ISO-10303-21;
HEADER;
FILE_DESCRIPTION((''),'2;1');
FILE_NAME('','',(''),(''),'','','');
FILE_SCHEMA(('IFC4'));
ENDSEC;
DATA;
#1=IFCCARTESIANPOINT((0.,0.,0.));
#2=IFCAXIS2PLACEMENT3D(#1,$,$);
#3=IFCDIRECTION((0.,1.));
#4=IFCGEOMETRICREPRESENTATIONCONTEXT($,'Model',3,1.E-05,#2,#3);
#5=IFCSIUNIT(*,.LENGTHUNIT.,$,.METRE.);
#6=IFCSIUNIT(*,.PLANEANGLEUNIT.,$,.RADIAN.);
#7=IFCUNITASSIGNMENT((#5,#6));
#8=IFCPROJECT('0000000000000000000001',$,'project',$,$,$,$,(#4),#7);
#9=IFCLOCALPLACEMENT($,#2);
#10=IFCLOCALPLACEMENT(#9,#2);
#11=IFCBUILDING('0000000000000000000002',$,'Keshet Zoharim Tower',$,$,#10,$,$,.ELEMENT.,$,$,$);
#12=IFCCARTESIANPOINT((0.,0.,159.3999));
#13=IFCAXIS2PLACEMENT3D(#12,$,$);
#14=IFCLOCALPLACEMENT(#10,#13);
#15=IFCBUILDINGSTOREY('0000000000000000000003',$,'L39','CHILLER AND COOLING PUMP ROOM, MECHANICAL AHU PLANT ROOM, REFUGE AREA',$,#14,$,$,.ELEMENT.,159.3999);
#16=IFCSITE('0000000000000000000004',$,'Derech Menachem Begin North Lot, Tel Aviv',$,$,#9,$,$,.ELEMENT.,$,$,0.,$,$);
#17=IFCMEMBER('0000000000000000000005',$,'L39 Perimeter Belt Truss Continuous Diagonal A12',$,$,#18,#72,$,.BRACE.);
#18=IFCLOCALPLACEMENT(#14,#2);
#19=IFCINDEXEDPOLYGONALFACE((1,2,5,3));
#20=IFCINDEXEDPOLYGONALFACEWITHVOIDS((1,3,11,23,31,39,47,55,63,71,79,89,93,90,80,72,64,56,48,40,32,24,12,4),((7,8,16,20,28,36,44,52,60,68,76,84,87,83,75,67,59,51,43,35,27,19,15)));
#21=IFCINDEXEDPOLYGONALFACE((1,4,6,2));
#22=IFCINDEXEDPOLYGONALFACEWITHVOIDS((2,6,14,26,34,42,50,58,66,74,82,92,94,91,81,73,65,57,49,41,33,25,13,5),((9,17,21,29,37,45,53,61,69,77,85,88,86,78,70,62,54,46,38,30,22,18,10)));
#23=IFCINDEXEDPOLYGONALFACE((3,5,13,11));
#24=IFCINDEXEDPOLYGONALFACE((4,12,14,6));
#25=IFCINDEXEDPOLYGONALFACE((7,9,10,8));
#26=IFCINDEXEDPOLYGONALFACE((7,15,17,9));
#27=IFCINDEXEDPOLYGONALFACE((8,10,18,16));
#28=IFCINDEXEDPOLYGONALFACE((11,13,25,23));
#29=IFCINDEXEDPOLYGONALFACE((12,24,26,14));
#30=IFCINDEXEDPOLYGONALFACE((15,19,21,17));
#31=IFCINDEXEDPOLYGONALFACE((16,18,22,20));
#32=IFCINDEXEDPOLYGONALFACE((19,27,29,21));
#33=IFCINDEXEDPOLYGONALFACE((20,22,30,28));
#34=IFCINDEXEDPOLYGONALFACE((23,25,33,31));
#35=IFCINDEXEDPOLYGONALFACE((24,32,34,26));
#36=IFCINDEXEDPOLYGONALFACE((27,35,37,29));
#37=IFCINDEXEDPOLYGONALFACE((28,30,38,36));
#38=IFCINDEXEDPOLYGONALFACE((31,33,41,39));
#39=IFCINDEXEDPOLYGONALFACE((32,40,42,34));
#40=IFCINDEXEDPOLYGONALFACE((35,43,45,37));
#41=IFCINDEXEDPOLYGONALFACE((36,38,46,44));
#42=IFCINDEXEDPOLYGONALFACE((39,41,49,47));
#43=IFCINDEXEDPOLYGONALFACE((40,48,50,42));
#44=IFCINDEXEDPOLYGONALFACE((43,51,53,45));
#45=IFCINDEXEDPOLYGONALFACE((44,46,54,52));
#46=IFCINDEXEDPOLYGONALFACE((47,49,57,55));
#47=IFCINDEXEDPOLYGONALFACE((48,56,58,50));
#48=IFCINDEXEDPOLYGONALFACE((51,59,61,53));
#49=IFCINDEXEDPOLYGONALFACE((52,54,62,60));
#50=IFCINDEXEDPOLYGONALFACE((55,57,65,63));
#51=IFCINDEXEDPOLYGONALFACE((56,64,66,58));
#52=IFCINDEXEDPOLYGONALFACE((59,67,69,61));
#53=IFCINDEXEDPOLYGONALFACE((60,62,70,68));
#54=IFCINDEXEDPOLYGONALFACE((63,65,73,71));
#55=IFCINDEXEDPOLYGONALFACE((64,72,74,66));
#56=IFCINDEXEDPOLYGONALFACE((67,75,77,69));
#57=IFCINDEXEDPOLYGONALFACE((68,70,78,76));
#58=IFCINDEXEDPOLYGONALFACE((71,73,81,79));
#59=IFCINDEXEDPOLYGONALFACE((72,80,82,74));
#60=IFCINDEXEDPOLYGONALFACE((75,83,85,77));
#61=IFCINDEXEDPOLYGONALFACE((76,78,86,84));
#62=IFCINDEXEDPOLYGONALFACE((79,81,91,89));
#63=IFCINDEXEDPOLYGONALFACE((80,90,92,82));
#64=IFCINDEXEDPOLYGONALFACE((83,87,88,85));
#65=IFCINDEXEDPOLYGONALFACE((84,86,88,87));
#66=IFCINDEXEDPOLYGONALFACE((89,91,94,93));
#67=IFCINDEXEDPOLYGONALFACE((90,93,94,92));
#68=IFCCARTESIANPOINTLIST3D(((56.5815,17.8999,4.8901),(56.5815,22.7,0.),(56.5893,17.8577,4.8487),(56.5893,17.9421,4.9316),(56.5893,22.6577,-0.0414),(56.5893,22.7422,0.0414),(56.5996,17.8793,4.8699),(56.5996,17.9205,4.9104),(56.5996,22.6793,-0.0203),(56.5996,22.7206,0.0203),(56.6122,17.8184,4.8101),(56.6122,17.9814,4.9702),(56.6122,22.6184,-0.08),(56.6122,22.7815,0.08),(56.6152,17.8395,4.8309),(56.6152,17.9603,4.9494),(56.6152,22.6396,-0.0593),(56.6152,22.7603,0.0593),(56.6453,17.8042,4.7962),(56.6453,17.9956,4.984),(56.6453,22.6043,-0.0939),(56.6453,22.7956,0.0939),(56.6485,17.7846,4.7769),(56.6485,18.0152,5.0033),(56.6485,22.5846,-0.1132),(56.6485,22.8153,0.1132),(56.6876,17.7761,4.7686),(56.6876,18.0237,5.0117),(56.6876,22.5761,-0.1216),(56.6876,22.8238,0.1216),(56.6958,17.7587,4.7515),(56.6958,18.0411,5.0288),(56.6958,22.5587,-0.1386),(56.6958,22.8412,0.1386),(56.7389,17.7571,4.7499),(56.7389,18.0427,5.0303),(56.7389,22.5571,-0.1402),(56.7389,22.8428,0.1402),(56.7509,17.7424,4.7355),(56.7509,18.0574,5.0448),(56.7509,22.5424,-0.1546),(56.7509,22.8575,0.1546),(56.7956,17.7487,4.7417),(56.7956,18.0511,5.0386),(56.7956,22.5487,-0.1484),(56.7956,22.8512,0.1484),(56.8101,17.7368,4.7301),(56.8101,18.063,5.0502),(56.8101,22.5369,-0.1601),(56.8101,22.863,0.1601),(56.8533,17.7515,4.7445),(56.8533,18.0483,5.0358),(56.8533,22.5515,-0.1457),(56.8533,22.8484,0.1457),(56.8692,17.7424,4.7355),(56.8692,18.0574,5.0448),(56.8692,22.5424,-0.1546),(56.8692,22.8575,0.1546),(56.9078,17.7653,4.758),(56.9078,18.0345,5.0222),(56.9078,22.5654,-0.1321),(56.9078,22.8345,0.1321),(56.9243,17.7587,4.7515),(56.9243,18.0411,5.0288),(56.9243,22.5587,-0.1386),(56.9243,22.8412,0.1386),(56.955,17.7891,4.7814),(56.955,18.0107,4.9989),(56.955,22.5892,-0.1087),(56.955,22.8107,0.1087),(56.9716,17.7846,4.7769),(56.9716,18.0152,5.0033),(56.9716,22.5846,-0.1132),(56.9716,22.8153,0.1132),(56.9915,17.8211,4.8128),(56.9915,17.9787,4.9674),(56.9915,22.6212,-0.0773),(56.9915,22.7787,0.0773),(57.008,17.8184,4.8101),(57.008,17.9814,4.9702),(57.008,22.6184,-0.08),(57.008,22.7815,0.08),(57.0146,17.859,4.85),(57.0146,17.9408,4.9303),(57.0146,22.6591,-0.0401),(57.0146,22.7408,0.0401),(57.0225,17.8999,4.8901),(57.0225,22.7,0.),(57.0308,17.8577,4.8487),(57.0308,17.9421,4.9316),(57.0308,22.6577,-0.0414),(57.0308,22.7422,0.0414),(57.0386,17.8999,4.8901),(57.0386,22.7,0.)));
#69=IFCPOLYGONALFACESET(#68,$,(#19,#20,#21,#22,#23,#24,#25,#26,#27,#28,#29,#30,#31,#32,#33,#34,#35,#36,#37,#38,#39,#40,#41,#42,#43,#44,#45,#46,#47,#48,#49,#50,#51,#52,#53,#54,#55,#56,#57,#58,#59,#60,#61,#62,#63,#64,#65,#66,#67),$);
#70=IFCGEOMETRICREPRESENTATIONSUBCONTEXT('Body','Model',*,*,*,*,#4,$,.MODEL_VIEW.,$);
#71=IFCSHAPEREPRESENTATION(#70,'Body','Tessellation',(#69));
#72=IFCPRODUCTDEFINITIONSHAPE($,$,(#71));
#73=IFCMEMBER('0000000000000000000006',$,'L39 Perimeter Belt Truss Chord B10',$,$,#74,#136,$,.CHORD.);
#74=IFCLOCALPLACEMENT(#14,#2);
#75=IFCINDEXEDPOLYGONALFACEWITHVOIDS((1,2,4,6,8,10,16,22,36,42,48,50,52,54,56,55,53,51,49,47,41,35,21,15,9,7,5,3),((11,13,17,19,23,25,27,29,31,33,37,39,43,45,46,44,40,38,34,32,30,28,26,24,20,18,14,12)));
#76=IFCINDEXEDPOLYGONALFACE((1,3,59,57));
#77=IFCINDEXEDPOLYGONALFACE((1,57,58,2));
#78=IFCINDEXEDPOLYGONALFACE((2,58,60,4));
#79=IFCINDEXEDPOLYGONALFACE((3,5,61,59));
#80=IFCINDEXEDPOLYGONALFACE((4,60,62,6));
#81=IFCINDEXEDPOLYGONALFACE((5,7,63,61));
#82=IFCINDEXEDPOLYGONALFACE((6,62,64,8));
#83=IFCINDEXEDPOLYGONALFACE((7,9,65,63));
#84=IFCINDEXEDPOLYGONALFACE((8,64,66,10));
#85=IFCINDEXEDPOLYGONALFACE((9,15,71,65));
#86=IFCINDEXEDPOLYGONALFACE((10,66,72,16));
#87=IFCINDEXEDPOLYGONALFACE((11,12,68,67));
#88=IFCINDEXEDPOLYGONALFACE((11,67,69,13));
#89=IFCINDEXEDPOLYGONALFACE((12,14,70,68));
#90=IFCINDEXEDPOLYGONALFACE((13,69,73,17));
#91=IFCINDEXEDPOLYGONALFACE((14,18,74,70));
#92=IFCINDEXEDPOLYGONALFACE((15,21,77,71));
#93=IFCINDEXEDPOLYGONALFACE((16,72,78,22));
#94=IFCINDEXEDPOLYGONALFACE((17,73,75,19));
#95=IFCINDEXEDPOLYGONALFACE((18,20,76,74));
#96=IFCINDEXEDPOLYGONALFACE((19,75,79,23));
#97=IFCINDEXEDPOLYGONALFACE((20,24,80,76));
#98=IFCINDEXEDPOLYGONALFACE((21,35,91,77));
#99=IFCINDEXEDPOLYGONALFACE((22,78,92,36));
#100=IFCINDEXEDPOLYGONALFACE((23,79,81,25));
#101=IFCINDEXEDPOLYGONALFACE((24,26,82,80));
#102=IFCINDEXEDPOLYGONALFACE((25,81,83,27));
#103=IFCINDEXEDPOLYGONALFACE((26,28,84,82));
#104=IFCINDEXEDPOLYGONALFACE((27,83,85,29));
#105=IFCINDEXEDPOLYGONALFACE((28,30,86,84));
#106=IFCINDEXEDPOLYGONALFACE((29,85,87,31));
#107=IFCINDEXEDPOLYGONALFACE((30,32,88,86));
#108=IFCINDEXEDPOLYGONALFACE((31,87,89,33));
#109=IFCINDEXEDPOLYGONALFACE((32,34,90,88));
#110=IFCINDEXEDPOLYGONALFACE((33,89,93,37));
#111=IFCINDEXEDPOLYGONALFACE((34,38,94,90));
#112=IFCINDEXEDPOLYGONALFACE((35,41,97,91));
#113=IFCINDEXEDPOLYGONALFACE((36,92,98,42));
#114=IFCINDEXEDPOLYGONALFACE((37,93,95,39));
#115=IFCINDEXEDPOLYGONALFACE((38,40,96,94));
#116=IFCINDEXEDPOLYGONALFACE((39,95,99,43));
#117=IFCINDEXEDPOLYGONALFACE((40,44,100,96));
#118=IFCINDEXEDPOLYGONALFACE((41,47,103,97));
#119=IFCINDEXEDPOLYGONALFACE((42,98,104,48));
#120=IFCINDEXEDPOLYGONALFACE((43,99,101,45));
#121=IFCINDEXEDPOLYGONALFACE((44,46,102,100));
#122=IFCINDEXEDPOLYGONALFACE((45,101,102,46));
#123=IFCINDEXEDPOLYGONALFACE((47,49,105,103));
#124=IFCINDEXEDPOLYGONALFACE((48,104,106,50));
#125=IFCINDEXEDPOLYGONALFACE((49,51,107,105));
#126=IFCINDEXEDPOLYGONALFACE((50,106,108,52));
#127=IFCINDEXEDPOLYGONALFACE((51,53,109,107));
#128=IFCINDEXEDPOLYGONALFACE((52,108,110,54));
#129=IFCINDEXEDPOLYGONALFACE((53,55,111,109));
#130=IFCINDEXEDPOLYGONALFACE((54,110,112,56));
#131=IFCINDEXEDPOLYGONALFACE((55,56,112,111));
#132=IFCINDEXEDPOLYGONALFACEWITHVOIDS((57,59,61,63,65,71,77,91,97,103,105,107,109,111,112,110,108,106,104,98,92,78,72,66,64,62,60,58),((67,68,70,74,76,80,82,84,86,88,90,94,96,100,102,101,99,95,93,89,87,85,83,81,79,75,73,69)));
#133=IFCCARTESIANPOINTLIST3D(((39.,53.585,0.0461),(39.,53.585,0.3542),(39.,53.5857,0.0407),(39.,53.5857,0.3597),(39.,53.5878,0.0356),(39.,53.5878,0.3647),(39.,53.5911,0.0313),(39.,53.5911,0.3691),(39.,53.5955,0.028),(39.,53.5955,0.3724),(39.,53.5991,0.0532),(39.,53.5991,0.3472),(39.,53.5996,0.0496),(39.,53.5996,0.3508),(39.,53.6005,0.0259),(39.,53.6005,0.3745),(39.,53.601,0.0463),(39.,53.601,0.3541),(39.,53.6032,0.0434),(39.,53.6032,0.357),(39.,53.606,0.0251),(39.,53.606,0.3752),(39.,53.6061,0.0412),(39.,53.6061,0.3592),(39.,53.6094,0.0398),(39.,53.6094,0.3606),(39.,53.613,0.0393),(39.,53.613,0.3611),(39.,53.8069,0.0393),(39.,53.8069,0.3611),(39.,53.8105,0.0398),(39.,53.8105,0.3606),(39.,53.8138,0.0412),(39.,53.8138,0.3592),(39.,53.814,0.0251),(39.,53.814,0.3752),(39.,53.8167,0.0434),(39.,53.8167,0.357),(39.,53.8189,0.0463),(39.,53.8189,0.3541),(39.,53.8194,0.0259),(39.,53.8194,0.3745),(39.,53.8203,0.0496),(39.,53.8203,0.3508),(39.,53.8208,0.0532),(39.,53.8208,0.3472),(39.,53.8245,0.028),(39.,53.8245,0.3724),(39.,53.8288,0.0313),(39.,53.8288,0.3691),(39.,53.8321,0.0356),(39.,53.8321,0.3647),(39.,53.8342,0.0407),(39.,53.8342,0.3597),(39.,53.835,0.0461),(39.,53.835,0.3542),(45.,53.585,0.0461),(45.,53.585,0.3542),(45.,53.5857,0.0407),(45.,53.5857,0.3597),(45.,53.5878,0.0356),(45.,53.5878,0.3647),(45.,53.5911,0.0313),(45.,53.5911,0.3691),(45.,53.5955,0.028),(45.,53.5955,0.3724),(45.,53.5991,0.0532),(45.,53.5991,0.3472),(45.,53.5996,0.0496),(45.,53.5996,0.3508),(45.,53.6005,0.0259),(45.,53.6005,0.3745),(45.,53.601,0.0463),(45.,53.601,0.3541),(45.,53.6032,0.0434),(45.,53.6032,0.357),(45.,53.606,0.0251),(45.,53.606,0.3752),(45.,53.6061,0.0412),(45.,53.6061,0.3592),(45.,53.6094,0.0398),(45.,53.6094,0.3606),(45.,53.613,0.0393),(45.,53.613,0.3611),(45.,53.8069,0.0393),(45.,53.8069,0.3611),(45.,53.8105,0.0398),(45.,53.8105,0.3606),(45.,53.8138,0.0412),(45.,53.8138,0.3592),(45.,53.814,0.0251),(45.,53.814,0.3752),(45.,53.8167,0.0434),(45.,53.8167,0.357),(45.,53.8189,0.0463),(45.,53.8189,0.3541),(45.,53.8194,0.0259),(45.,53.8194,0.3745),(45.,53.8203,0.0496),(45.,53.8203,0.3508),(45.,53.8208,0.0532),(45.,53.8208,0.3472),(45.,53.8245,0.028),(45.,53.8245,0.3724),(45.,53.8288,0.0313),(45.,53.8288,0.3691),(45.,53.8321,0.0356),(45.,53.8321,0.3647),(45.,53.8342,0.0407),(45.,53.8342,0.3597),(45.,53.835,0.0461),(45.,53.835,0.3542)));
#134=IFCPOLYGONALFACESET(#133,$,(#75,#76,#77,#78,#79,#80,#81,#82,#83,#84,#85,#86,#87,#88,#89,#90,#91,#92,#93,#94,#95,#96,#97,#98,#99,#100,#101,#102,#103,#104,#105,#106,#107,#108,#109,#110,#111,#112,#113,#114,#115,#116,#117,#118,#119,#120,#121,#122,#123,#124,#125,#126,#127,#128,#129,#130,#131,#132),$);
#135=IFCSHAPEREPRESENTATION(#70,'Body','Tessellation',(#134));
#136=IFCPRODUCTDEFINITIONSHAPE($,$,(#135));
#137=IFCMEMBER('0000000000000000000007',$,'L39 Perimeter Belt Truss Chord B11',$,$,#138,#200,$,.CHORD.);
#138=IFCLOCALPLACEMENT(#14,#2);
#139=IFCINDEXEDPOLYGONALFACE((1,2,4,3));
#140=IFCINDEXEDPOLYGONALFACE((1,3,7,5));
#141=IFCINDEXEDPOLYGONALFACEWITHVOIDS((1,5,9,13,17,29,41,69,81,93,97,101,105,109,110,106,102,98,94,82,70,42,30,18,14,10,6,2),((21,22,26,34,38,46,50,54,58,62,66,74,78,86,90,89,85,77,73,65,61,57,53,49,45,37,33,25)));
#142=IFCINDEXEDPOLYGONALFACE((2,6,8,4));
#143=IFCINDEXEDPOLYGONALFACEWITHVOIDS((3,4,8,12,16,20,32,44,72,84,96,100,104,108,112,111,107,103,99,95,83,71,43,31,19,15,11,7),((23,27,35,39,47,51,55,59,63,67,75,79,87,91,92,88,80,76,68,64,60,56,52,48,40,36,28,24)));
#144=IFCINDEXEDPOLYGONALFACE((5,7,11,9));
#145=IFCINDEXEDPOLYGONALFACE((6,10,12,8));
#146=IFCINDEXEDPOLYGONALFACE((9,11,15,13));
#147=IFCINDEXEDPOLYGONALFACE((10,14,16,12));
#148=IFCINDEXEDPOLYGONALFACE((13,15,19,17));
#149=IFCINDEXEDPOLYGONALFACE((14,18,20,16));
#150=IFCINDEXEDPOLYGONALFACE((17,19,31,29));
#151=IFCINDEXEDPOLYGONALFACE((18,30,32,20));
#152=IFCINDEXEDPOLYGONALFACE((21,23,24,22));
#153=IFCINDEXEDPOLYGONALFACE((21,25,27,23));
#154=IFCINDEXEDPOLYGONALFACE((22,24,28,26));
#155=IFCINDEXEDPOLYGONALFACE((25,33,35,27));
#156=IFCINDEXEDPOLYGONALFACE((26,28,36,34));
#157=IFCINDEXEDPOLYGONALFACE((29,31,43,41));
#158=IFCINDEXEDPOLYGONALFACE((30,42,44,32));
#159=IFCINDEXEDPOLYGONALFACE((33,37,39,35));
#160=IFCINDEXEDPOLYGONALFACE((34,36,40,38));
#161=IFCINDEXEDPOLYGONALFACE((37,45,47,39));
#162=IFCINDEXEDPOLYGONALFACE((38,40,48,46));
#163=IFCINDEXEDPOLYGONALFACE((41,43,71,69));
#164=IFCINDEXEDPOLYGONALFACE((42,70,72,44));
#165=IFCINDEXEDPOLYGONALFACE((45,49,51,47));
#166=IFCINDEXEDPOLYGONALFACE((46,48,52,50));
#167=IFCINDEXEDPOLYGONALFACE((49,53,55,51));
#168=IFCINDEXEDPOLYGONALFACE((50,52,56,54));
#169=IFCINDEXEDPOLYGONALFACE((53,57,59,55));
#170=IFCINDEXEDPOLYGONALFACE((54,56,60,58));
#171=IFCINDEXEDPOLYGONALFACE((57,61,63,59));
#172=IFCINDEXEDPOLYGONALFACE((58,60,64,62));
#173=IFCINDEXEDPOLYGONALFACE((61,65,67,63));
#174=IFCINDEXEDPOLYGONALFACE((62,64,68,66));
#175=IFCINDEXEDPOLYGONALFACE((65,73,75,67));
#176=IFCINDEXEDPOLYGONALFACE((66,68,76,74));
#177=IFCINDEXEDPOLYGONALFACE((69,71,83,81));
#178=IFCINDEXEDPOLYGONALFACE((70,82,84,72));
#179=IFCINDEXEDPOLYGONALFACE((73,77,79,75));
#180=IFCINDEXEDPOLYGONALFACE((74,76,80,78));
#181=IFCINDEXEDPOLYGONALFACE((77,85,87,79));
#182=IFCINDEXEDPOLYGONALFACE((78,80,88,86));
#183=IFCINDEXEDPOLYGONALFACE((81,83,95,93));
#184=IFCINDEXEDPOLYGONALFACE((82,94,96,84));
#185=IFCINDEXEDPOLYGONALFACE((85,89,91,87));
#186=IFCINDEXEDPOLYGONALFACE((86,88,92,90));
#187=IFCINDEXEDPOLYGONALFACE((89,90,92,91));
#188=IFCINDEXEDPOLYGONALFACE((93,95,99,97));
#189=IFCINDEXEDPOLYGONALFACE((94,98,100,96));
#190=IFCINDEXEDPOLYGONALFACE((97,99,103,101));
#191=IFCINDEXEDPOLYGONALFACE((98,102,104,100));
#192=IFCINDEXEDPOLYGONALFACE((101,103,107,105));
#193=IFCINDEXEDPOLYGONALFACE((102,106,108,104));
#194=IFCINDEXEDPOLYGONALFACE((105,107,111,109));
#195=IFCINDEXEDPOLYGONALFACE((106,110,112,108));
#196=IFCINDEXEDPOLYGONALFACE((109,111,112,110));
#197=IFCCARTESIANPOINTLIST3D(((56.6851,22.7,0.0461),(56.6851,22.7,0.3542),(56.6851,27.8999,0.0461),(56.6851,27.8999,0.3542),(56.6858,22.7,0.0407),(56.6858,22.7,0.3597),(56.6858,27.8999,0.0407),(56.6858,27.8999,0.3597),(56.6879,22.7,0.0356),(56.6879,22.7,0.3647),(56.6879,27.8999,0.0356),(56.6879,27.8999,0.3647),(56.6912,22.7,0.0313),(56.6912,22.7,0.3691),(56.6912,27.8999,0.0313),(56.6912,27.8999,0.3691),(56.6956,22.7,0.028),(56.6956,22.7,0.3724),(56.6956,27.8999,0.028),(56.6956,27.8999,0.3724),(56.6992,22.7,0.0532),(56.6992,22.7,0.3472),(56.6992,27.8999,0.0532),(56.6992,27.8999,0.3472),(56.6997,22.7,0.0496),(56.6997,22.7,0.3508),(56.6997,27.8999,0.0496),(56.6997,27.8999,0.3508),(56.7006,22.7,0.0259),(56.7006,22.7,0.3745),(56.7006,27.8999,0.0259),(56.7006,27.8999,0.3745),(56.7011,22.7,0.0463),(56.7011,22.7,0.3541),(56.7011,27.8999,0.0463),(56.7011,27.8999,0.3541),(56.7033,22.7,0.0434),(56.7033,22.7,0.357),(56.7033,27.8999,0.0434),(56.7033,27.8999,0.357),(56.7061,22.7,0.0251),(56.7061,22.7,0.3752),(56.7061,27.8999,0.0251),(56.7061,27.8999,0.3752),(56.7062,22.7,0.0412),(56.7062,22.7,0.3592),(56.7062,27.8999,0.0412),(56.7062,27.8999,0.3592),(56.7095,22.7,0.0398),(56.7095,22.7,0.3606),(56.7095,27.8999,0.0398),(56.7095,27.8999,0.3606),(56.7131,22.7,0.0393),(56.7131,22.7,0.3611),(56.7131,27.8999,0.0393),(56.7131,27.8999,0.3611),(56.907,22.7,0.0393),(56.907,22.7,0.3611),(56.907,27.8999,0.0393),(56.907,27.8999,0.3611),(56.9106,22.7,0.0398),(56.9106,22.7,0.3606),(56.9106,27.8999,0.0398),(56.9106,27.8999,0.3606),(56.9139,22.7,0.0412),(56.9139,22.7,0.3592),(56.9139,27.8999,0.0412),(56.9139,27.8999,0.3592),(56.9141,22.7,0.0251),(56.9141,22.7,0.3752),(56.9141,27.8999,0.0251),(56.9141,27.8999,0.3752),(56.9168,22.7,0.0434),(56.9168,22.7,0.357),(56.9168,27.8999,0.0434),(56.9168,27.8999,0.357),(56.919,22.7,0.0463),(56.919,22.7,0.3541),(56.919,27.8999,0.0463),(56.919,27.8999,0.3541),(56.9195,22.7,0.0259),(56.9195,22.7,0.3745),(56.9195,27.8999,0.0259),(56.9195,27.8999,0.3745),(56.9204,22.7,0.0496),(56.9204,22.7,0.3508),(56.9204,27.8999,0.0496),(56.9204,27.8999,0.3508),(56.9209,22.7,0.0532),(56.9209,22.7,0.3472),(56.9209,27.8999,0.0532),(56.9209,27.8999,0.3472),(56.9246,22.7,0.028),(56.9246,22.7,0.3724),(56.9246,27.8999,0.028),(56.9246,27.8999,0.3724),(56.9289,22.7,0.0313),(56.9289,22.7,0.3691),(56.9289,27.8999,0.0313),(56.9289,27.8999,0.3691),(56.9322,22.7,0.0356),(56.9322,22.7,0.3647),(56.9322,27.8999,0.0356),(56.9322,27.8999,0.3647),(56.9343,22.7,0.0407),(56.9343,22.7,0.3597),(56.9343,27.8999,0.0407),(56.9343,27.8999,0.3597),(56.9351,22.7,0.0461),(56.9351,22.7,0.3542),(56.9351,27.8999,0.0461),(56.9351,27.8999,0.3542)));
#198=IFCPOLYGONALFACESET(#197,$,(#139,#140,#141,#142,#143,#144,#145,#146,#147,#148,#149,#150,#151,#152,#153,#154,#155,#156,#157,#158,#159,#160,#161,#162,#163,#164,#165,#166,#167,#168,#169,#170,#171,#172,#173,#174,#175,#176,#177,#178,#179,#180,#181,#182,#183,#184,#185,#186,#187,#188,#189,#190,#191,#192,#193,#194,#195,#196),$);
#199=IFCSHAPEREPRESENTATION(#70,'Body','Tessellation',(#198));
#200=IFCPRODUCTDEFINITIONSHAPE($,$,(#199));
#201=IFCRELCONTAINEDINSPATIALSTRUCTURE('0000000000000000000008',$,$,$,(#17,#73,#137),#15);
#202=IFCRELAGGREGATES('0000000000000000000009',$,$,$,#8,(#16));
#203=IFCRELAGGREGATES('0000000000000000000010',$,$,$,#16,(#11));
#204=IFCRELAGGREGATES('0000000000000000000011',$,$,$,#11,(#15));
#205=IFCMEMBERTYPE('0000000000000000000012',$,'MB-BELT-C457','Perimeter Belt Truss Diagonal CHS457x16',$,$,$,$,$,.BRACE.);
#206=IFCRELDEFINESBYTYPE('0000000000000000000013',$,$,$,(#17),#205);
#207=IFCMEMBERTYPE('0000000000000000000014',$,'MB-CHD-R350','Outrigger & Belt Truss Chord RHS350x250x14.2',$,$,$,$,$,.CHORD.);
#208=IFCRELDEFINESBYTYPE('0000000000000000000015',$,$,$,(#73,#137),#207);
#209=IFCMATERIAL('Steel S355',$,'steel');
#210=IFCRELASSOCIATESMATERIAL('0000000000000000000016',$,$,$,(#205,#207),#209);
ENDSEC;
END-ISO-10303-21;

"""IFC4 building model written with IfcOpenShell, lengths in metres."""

from ifc_helpers import new_model, si_unit, direction, frame, origin, origin_2d, place, context, subcontext, project, spatial, hollow_rectangle, hollow_circle, extrude, material, material_profile, profile_set, type_object, element, save


model = new_model("IFC4")

# Units and contexts
model_context = context("Model", 3, precision=1e-05, world=origin(), true_north=direction((0.0, 1.0)))
body_context = subcontext(model_context, "Body", "Model", "MODEL_VIEW")
ifc_project = project(units=[si_unit("LENGTHUNIT", "METRE"), si_unit("PLANEANGLEUNIT", "RADIAN")], contexts=[model_context])

# Site, building, storey
site_placement = place(None, origin())
site = spatial("IfcSite", under=ifc_project, at=site_placement, Name="Derech Menachem Begin North Lot, Tel Aviv", CompositionType="ELEMENT", RefElevation=0.0)
building_placement = place(site_placement, origin())
building = spatial("IfcBuilding", under=site, at=building_placement, Name="Keshet Zoharim Tower", CompositionType="ELEMENT")
storey_placement = place(building_placement, frame((0.0, 0.0, 159.3999)))
storey = spatial("IfcBuildingStorey", under=building, at=storey_placement, Name="L39", Description="CHILLER AND COOLING PUMP ROOM, MECHANICAL AHU PLANT ROOM, REFUGE AREA", CompositionType="ELEMENT", Elevation=159.3999)

# Shared definitions
ifc_material_1 = material(Name="Steel S355", Category="steel")

# Members
ifc_material_profile_1 = material_profile(ifc_material_1, hollow_circle(Radius=0.2285, WallThickness=0.0161, at=origin_2d()), Name="CHS457x16")
ifc_profile_set_1 = profile_set([ifc_material_profile_1], Name="Steel S355")
member_type_1 = type_object("IfcMemberType", Name="MB-BELT-C457", Description="Perimeter Belt Truss Diagonal CHS457x16", PredefinedType="BRACE", material=ifc_profile_set_1)
member_1_placement = place(storey_placement, frame((56.8101, 22.7, 0.0), z_axis=(0.0, -0.700503, 0.71365), x_axis=(1.0, 0.0, 0.0)))
element("IfcMember", 1, at=member_1_placement, inside=storey, type_object=member_type_1, Name="L39 Perimeter Belt Truss Continuous Diagonal A12", PredefinedType="BRACE", context=body_context, shape_type="SweptSolid", body=[
    extrude(hollow_circle(Radius=0.2285, WallThickness=0.0161, at=origin_2d()), origin(), (0.0, 0.0, 1.0), 6.8523),
])
ifc_material_profile_2 = material_profile(ifc_material_1, hollow_rectangle(XDim=0.25, YDim=0.3501, WallThickness=0.0142, InnerFilletRadius=0.0139, OuterFilletRadius=0.021, at=origin_2d()), Name="RHS350x250x14.2")
ifc_profile_set_2 = profile_set([ifc_material_profile_2], Name="Steel S355")
member_type_2 = type_object("IfcMemberType", Name="MB-CHD-R350", Description="Outrigger & Belt Truss Chord RHS350x250x14.2", PredefinedType="CHORD", material=ifc_profile_set_2)
member_2_placement = place(storey_placement, frame((39.0, 53.71, 0.2002), z_axis=(1.0, 0.0, 0.0), x_axis=(0.0, 1.0, 0.0)))
element("IfcMember", 2, at=member_2_placement, inside=storey, type_object=member_type_2, Name="L39 Perimeter Belt Truss Chord B10", PredefinedType="CHORD", context=body_context, shape_type="SweptSolid", body=[
    extrude(hollow_rectangle(XDim=0.25, YDim=0.3501, WallThickness=0.0142, InnerFilletRadius=0.0139, OuterFilletRadius=0.021, at=origin_2d()), origin(), (0.0, 0.0, 1.0), 6.0),
])
member_3_placement = place(storey_placement, frame((56.8101, 27.8999, 0.2002), z_axis=(0.0, -1.0, 0.0), x_axis=(1.0, 0.0, 0.0)))
element("IfcMember", 3, at=member_3_placement, inside=storey, type_object=member_type_2, Name="L39 Perimeter Belt Truss Chord B11", PredefinedType="CHORD", context=body_context, shape_type="SweptSolid", body=[
    extrude(hollow_rectangle(XDim=0.25, YDim=0.3501, WallThickness=0.0142, InnerFilletRadius=0.0139, OuterFilletRadius=0.021, at=origin_2d()), origin(), (0.0, 0.0, 1.0), 5.2),
])

save(model, "model.ifc")
